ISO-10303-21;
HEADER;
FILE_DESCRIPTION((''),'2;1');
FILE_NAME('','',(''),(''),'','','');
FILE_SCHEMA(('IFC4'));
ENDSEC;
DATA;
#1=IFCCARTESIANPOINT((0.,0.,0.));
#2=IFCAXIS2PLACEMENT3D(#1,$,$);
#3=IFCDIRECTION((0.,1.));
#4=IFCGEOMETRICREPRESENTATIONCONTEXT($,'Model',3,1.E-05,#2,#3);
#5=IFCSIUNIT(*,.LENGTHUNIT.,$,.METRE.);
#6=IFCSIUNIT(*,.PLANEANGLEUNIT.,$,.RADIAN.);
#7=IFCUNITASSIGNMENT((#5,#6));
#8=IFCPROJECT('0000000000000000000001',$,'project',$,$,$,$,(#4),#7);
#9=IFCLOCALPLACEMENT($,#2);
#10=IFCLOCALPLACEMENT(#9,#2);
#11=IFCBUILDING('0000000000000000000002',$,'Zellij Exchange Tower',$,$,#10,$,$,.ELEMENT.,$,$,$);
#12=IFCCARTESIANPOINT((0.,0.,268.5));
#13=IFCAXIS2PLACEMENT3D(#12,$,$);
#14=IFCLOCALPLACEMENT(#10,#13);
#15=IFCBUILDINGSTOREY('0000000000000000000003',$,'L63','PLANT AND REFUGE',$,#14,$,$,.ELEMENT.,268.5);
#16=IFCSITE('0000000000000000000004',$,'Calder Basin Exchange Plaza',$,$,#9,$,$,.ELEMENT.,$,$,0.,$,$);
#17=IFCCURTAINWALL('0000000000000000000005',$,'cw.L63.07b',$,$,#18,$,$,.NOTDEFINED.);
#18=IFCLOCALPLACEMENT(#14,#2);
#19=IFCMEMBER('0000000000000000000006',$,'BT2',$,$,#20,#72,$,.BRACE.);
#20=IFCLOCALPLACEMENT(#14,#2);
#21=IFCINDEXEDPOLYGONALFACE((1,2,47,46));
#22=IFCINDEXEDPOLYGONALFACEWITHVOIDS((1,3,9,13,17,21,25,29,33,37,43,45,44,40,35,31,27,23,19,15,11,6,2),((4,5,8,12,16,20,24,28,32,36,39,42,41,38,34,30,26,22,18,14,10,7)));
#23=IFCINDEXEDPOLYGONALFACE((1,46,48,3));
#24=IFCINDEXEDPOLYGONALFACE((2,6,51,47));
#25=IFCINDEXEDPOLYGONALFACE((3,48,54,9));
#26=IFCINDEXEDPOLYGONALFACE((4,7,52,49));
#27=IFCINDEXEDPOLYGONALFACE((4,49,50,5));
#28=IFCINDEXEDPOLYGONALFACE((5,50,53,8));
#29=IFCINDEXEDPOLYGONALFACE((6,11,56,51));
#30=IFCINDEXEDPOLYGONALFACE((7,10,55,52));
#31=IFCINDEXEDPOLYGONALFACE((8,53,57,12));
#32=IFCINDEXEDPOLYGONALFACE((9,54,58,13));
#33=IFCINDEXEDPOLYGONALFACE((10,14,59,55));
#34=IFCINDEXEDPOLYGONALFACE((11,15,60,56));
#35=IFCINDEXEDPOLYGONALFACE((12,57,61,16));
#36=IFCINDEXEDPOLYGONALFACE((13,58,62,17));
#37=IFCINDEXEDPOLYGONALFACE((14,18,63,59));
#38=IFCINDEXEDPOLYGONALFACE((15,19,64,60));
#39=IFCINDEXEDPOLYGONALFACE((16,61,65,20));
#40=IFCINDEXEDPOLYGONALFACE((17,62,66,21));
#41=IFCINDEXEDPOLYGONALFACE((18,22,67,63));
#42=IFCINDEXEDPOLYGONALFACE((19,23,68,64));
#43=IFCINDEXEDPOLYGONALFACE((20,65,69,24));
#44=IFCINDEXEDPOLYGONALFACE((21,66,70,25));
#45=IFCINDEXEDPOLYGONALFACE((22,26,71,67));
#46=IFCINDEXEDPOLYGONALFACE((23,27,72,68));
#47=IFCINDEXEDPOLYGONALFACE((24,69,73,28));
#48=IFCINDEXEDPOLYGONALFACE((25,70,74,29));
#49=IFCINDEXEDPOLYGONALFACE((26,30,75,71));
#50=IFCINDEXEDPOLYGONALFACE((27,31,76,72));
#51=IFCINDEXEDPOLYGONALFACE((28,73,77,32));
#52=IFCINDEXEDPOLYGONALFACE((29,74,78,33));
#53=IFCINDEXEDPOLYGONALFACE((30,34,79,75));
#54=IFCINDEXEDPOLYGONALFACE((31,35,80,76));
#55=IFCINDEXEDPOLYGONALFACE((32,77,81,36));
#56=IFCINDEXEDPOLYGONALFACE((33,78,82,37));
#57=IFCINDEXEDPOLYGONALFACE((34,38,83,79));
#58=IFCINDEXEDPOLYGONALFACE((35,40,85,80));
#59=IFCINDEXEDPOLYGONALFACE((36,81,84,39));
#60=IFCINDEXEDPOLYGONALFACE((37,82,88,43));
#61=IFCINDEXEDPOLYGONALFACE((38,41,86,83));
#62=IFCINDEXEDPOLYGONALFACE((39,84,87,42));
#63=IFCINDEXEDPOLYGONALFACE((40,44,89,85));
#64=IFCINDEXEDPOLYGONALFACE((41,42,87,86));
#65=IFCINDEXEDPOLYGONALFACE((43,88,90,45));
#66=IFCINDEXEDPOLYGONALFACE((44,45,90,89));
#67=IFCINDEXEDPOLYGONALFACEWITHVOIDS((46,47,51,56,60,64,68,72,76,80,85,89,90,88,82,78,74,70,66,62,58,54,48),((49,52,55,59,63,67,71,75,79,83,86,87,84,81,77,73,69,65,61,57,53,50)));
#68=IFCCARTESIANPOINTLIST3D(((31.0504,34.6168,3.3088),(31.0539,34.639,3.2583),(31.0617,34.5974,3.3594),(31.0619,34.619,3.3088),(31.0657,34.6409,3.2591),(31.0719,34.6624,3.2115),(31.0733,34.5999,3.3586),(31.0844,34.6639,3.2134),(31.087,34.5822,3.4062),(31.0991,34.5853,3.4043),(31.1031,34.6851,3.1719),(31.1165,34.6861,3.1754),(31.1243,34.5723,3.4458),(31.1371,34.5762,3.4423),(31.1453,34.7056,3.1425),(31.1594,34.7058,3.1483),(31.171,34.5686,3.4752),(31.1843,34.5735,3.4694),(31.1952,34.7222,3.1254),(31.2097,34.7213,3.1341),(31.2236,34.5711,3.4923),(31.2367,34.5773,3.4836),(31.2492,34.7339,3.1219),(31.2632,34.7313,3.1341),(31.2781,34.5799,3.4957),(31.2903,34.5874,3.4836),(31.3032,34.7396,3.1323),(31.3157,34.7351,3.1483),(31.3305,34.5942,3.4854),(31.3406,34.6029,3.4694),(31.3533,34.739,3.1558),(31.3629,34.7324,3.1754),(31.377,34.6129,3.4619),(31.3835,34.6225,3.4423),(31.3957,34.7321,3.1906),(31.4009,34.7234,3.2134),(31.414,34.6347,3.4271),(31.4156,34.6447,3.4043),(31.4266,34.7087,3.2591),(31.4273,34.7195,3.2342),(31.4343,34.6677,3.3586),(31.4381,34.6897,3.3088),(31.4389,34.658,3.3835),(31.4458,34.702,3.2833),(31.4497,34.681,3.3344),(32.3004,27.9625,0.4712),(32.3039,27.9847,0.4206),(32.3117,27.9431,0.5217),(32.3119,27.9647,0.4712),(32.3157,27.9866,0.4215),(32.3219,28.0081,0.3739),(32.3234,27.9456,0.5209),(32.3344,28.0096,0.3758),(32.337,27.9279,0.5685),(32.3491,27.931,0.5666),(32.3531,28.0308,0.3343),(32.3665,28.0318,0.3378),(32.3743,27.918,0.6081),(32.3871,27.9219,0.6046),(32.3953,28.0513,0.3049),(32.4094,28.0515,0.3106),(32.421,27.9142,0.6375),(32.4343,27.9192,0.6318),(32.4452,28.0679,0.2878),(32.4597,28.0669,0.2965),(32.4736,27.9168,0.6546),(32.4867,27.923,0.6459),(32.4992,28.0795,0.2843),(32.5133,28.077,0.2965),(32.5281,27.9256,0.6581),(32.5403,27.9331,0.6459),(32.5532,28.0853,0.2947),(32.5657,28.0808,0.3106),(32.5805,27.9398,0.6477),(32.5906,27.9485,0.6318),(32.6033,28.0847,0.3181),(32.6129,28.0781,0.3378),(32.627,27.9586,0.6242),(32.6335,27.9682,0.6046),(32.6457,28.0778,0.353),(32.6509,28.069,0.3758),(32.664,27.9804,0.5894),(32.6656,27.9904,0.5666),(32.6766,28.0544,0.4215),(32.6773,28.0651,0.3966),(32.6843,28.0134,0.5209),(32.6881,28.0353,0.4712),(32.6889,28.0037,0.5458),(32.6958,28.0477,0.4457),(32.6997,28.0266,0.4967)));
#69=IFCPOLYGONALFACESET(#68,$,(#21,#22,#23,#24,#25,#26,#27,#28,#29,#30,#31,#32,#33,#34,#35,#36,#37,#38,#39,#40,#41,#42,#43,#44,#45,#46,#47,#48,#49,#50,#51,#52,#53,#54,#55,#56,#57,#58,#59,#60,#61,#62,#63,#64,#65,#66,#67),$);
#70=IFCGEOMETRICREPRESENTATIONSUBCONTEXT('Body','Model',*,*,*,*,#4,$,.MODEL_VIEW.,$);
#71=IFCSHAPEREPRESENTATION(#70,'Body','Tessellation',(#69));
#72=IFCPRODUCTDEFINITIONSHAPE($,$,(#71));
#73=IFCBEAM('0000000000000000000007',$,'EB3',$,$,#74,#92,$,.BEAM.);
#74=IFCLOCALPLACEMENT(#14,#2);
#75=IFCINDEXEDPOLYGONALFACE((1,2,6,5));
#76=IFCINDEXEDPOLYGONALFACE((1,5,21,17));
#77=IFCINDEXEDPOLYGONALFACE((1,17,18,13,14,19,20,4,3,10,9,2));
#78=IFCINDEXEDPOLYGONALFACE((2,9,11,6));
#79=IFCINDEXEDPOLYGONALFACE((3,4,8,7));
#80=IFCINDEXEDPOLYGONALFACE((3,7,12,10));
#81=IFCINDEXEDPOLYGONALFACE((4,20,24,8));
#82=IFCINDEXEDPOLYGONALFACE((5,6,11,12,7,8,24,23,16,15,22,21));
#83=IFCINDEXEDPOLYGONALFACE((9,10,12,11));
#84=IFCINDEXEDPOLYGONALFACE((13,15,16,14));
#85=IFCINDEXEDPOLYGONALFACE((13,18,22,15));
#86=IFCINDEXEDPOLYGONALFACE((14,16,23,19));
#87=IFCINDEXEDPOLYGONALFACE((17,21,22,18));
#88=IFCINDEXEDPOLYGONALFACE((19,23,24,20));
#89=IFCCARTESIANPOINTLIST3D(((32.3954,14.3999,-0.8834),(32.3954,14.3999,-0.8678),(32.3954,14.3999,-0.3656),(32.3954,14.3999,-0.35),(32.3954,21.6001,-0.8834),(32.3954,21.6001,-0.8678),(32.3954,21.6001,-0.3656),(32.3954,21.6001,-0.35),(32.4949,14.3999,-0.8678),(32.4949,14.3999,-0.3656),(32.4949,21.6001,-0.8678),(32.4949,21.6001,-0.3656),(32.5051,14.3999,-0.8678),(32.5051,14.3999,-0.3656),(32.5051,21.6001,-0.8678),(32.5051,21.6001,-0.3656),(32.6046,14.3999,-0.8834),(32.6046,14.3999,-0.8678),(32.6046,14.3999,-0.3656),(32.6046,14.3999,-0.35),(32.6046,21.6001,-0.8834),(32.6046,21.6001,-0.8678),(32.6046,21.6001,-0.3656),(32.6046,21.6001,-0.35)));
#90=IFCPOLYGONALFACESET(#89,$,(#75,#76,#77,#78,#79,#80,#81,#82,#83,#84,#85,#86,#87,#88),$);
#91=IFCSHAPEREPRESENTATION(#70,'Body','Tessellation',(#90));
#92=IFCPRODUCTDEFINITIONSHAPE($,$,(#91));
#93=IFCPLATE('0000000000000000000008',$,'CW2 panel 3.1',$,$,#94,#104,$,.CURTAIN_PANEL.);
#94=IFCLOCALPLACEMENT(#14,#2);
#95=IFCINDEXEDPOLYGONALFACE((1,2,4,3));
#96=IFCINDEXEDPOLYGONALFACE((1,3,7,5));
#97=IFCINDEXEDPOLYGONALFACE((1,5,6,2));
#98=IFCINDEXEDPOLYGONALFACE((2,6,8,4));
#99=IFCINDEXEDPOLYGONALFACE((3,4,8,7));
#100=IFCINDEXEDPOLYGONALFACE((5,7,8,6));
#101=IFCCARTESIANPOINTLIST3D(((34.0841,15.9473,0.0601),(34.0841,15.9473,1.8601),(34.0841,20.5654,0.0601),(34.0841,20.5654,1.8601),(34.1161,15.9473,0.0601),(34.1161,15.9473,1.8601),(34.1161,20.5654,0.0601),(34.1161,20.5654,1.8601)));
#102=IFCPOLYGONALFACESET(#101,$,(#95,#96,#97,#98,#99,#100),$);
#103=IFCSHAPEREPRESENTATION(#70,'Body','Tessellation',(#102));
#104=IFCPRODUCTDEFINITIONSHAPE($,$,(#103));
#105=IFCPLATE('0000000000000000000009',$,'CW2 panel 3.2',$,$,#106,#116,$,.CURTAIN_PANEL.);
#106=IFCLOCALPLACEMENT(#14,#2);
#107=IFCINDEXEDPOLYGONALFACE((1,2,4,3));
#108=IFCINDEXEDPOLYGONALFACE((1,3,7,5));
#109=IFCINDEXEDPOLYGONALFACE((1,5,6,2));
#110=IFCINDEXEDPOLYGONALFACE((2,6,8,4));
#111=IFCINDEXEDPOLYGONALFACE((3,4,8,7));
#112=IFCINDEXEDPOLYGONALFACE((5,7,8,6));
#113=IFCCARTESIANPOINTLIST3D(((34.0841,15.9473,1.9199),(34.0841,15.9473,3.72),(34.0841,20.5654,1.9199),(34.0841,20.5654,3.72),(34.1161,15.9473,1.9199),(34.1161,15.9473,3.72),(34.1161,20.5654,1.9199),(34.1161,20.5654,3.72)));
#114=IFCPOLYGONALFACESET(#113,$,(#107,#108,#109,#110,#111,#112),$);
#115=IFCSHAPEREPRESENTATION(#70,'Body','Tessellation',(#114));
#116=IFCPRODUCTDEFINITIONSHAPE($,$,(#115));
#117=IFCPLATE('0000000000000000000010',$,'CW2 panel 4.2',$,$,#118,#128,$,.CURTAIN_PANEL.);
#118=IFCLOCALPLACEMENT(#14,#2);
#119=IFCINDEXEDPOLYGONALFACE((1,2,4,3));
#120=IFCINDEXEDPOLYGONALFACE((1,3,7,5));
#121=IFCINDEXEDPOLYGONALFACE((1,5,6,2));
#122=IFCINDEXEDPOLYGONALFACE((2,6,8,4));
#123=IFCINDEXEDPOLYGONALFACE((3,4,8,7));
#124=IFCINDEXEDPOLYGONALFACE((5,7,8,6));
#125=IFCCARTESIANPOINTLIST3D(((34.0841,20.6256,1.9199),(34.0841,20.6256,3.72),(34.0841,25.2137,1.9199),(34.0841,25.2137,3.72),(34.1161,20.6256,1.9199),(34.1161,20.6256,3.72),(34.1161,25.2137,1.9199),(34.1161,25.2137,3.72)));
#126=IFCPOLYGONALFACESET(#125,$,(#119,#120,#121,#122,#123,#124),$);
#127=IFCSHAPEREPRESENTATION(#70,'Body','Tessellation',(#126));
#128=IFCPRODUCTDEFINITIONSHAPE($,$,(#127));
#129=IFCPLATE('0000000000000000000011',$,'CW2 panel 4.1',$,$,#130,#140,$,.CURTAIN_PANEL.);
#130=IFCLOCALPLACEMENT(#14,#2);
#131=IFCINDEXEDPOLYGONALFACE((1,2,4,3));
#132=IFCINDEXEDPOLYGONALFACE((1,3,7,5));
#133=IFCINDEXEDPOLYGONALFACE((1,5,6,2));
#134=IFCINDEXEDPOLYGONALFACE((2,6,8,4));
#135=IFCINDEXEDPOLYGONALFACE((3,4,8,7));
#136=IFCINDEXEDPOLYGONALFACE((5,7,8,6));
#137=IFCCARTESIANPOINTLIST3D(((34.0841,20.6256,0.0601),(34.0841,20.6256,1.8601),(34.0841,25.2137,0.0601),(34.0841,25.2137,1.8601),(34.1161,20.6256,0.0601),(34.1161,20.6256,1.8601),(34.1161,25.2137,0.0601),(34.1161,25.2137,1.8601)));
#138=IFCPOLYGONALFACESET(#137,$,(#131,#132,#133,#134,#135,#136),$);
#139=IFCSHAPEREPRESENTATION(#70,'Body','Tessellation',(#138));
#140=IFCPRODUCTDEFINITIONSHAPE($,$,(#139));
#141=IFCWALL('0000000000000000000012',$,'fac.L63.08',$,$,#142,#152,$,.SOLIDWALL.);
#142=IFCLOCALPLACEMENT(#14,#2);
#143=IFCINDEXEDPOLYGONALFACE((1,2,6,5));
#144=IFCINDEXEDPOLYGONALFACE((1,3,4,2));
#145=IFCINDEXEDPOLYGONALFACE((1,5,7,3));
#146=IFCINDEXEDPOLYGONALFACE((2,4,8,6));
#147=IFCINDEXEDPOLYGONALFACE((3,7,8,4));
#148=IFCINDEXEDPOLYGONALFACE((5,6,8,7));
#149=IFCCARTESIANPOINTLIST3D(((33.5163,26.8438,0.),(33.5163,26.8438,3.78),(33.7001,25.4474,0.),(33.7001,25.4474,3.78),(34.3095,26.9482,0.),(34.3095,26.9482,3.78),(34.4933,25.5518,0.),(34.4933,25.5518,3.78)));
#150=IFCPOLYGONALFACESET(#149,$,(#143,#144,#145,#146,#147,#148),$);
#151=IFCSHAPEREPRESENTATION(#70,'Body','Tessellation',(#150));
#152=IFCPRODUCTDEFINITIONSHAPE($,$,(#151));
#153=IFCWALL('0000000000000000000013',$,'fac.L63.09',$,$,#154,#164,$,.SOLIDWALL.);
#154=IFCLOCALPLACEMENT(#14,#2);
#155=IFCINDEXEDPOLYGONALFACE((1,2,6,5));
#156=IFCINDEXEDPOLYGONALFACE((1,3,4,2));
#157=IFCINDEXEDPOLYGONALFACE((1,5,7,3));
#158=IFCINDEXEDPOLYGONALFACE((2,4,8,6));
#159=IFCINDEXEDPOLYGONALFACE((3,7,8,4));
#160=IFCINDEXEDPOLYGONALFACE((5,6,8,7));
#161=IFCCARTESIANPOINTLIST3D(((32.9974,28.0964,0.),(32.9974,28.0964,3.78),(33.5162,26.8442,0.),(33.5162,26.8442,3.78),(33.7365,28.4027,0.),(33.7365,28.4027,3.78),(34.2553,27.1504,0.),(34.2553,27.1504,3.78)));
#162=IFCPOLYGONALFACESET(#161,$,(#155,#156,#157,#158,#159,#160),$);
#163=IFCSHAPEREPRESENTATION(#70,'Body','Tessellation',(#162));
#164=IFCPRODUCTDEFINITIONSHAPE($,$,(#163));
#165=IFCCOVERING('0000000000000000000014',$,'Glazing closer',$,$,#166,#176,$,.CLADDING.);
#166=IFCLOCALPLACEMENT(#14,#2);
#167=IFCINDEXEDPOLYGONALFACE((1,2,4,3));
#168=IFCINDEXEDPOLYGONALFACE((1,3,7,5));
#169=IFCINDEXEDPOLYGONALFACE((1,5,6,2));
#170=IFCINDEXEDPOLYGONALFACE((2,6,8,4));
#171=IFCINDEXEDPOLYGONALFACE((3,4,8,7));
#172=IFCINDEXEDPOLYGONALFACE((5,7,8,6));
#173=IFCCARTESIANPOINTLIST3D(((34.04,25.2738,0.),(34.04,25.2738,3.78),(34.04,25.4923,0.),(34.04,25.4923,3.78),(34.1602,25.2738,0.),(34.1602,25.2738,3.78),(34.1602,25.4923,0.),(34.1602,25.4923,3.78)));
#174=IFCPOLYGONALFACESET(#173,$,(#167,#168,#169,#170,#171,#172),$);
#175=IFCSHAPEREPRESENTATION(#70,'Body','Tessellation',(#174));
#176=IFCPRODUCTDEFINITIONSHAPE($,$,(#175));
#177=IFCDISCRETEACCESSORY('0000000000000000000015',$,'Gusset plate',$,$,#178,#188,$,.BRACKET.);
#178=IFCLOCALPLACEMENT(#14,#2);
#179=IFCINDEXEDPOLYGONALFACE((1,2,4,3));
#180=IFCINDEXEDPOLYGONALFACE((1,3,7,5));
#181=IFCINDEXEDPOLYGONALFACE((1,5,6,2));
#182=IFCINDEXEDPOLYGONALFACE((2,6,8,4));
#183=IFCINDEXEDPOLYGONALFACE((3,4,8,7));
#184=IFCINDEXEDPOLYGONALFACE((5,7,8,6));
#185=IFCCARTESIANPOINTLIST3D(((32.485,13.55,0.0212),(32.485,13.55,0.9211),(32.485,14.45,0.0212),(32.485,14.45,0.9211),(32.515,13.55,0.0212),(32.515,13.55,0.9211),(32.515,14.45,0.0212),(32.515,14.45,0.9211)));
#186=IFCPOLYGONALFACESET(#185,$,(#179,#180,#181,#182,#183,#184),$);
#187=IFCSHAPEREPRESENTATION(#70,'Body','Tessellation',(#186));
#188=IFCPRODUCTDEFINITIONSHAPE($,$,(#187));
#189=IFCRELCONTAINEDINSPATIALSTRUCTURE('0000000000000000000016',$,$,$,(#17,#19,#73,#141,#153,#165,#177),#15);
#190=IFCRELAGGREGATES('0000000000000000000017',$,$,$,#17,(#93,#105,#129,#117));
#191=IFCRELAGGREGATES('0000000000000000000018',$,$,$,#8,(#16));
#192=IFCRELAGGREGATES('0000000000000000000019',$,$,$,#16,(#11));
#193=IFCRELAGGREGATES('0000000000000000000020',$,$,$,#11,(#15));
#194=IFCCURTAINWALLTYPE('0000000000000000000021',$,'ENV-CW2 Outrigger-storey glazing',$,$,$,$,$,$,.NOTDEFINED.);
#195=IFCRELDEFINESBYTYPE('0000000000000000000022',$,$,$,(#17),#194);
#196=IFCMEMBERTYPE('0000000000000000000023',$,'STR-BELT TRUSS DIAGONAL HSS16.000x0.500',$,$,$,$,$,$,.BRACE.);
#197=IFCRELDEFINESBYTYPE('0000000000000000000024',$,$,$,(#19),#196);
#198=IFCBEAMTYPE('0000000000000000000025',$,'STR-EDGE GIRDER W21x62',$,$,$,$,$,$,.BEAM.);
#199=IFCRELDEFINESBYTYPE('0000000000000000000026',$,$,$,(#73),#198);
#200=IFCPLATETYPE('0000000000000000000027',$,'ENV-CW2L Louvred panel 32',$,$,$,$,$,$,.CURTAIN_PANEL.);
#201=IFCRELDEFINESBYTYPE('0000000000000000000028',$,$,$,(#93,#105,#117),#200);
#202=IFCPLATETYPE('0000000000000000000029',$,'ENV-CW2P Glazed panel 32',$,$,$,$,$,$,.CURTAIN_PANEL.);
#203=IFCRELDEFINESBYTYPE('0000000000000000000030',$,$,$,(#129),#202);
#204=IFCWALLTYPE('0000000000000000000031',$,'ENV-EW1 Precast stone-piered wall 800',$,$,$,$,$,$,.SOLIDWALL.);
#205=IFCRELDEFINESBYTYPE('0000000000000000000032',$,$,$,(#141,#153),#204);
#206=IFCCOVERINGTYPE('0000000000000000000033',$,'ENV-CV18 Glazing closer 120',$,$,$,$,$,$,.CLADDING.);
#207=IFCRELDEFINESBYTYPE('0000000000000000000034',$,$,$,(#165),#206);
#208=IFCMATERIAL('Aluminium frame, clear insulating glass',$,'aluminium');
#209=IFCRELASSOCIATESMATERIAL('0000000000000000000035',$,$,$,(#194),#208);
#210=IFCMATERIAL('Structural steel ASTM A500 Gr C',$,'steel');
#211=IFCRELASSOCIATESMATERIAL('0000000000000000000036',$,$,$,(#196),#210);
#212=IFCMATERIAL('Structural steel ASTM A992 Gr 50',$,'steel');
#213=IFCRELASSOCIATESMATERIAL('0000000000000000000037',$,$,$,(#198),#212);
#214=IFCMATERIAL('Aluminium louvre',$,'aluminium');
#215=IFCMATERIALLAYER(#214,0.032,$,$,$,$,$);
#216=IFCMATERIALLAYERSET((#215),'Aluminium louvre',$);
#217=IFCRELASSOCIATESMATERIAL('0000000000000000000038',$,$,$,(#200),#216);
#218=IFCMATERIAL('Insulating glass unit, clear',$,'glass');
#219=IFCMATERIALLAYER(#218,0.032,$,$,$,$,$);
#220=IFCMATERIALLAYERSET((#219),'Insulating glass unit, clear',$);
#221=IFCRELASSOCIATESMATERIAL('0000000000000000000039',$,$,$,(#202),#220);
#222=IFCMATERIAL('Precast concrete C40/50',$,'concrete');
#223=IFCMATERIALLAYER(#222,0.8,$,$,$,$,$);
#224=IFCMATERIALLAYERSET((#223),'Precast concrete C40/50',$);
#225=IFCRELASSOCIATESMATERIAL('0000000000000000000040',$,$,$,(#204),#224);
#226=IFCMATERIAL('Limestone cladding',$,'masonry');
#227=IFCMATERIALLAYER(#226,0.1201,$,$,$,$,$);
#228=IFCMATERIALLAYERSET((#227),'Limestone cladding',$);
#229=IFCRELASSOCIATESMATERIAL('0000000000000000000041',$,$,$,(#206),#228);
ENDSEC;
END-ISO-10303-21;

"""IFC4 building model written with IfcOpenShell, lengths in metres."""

from ifc_helpers import new_model, si_unit, direction, frame, frame_2d, origin, origin_2d, place, context, subcontext, project, spatial, rectangle, hollow_circle, i_section, extrude, material, layer, layer_set, material_profile, profile_set, type_object, element, aggregate, save


model = new_model("IFC4")

# Units and contexts
model_context = context("Model", 3, precision=1e-05, world=origin(), true_north=direction((0.0, 1.0)))
body_context = subcontext(model_context, "Body", "Model", "MODEL_VIEW")
ifc_project = project(units=[si_unit("LENGTHUNIT", "METRE"), si_unit("PLANEANGLEUNIT", "RADIAN")], contexts=[model_context])

# Site, building, storey
site_placement = place(None, origin())
site = spatial("IfcSite", under=ifc_project, at=site_placement, Name="Calder Basin Exchange Plaza", CompositionType="ELEMENT", RefElevation=0.0)
building_placement = place(site_placement, origin())
building = spatial("IfcBuilding", under=site, at=building_placement, Name="Zellij Exchange Tower", CompositionType="ELEMENT")
storey_placement = place(building_placement, frame((0.0, 0.0, 268.5)))
storey = spatial("IfcBuildingStorey", under=building, at=storey_placement, Name="L63", Description="PLANT AND REFUGE", CompositionType="ELEMENT", Elevation=268.5)

# Curtain wall
ifc_material_1 = material(Name="Aluminium frame, clear insulating glass", Category="aluminium")
curtain_wall_type = type_object("IfcCurtainWallType", Name="ENV-CW2 Outrigger-storey glazing", PredefinedType="NOTDEFINED", material=ifc_material_1)
curtain_wall_placement = place(storey_placement, origin())
curtain_wall = element("IfcCurtainWall", 1, at=curtain_wall_placement, inside=storey, type_object=curtain_wall_type, Name="cw.L63.07b", PredefinedType="NOTDEFINED")

# Member
ifc_material_2 = material(Name="Structural steel ASTM A992 Gr 50", Category="steel")
ifc_material_3 = material(Name="Structural steel ASTM A500 Gr C", Category="steel")
ifc_material_profile_1 = material_profile(ifc_material_3, hollow_circle(Radius=0.2031, WallThickness=0.0117, at=origin_2d()), Name="STR-BELT TRUSS DIAGONAL HSS16.000x0.500")
ifc_profile_set_1 = profile_set([ifc_material_profile_1], Name="Structural steel ASTM A500 Gr C")
member_type_1 = type_object("IfcMemberType", Name="STR-BELT TRUSS DIAGONAL HSS16.000x0.500", PredefinedType="BRACE", material=ifc_profile_set_1)
member_1_placement = place(storey_placement, frame((32.5, 28.0, 0.4712), z_axis=(-0.17027, 0.906422, 0.386533), x_axis=(-0.98281, -0.184619, 0.0)))
element("IfcMember", 2, at=member_1_placement, inside=storey, type_object=member_type_1, Name="BT2", PredefinedType="BRACE", context=body_context, shape_type="SweptSolid", body=[
    extrude(hollow_circle(Radius=0.2031, WallThickness=0.0117, at=origin_2d()), origin(), (0.0, 0.0, 1.0), 7.3413),
])

# Beam
ifc_material_profile_2 = material_profile(ifc_material_2, i_section(OverallWidth=0.2092, OverallDepth=0.5334, WebThickness=0.0103, FlangeThickness=0.0156, at=origin_2d()), Name="W21x62")
ifc_profile_set_2 = profile_set([ifc_material_profile_2], Name="Structural steel ASTM A992 Gr 50")
beam_type = type_object("IfcBeamType", Name="STR-EDGE GIRDER W21x62", PredefinedType="BEAM", material=ifc_profile_set_2)
beam_placement = place(storey_placement, frame((32.5, 14.3999, -0.6167), z_axis=(0.0, 1.0, 0.0), x_axis=(-1.0, 0.0, 0.0)))
element("IfcBeam", 3, at=beam_placement, inside=storey, type_object=beam_type, Name="EB3", PredefinedType="BEAM", context=body_context, shape_type="SweptSolid", body=[
    extrude(i_section(OverallWidth=0.2092, OverallDepth=0.5334, WebThickness=0.0103, FlangeThickness=0.0156, at=origin_2d()), origin(), (0.0, 0.0, 1.0), 7.2002),
])

# Plates
ifc_material_4 = material(Name="Aluminium louvre", Category="aluminium")
ifc_layer_1 = layer(ifc_material_4, 0.032)
ifc_layer_set_1 = layer_set([ifc_layer_1], Name="Aluminium louvre")
plate_type_1 = type_object("IfcPlateType", Name="ENV-CW2L Louvred panel 32", PredefinedType="CURTAIN_PANEL", material=ifc_layer_set_1)
plate_1_placement = place(storey_placement, frame((34.1001, 18.2563, 0.0601), z_axis=(0.0, 0.0, 1.0), x_axis=(0.0, 1.0, 0.0)))
plate_1 = element("IfcPlate", 4, at=plate_1_placement, type_object=plate_type_1, Name="CW2 panel 3.1", PredefinedType="CURTAIN_PANEL", context=body_context, shape_type="SweptSolid", body=[
    extrude(rectangle(XDim=4.6182, YDim=0.032, at=origin_2d()), origin(), (0.0, 0.0, 1.0), 1.8),
])
plate_2_placement = place(storey_placement, frame((34.1001, 18.2563, 1.9199), z_axis=(0.0, 0.0, 1.0), x_axis=(0.0, 1.0, 0.0)))
plate_2 = element("IfcPlate", 5, at=plate_2_placement, type_object=plate_type_1, Name="CW2 panel 3.2", PredefinedType="CURTAIN_PANEL", context=body_context, shape_type="SweptSolid", body=[
    extrude(rectangle(XDim=4.6182, YDim=0.032, at=origin_2d()), origin(), (0.0, 0.0, 1.0), 1.8),
])
plate_3_placement = place(storey_placement, frame((34.1001, 22.9197, 1.9199), z_axis=(0.0, 0.0, 1.0), x_axis=(0.0, 1.0, 0.0)))
plate_3 = element("IfcPlate", 6, at=plate_3_placement, type_object=plate_type_1, Name="CW2 panel 4.2", PredefinedType="CURTAIN_PANEL", context=body_context, shape_type="SweptSolid", body=[
    extrude(rectangle(XDim=4.5881, YDim=0.032, at=origin_2d()), origin(), (0.0, 0.0, 1.0), 1.8),
])
ifc_material_5 = material(Name="Insulating glass unit, clear", Category="glass")
ifc_layer_2 = layer(ifc_material_5, 0.032)
ifc_layer_set_2 = layer_set([ifc_layer_2], Name="Insulating glass unit, clear")
plate_type_2 = type_object("IfcPlateType", Name="ENV-CW2P Glazed panel 32", PredefinedType="CURTAIN_PANEL", material=ifc_layer_set_2)
plate_4_placement = place(storey_placement, frame((34.1001, 22.9197, 0.0601), z_axis=(0.0, 0.0, 1.0), x_axis=(0.0, 1.0, 0.0)))
plate_4 = element("IfcPlate", 7, at=plate_4_placement, type_object=plate_type_2, Name="CW2 panel 4.1", PredefinedType="CURTAIN_PANEL", context=body_context, shape_type="SweptSolid", body=[
    extrude(rectangle(XDim=4.5881, YDim=0.032, at=origin_2d()), origin(), (0.0, 0.0, 1.0), 1.8),
])
aggregate(curtain_wall, [plate_1, plate_2, plate_4, plate_3])

# Walls
ifc_material_6 = material(Name="Precast concrete C40/50", Category="concrete")
ifc_layer_3 = layer(ifc_material_6, 0.8)
ifc_layer_set_3 = layer_set([ifc_layer_3], Name="Precast concrete C40/50")
wall_type = type_object("IfcWallType", Name="ENV-EW1 Precast stone-piered wall 800", PredefinedType="SOLIDWALL", material=ifc_layer_set_3)
wall_1_placement = place(storey_placement, frame((34.0967, 25.4998, 0.0), z_axis=(0.0, 0.0, 1.0), x_axis=(-0.130517, 0.991446, 0.0)))
element("IfcWall", 8, at=wall_1_placement, inside=storey, type_object=wall_type, Name="fac.L63.08", PredefinedType="SOLIDWALL", context=body_context, shape_type="SweptSolid", body=[
    extrude(rectangle(XDim=1.4084, YDim=0.8, at=frame_2d((0.7041, 0.0))), origin(), (0.0, 0.0, 1.0), 3.78),
])
wall_2_placement = place(storey_placement, frame((33.8857, 26.9973, 0.0), z_axis=(0.0, 0.0, 1.0), x_axis=(-0.38276, 0.923848, 0.0)))
element("IfcWall", 9, at=wall_2_placement, inside=storey, type_object=wall_type, Name="fac.L63.09", PredefinedType="SOLIDWALL", context=body_context, shape_type="SweptSolid", body=[
    extrude(rectangle(XDim=1.3555, YDim=0.8, at=frame_2d((0.6777, 0.0))), origin(), (0.0, 0.0, 1.0), 3.78),
])

# Covering
ifc_material_7 = material(Name="Limestone cladding", Category="masonry")
ifc_layer_4 = layer(ifc_material_7, 0.1201)
ifc_layer_set_4 = layer_set([ifc_layer_4], Name="Limestone cladding")
covering_type = type_object("IfcCoveringType", Name="ENV-CV18 Glazing closer 120", PredefinedType="CLADDING", material=ifc_layer_set_4)
covering_placement = place(storey_placement, frame((34.1001, 25.3831, 0.0), z_axis=(0.0, 0.0, 1.0), x_axis=(0.0, 1.0, 0.0)))
element("IfcCovering", 10, at=covering_placement, inside=storey, type_object=covering_type, Name="Glazing closer", PredefinedType="CLADDING", context=body_context, shape_type="SweptSolid", body=[
    extrude(rectangle(XDim=0.2185, YDim=0.1201, at=origin_2d()), origin(), (0.0, 0.0, 1.0), 3.78),
])

# Discrete accessory
for number, where, z_axis, x_axis, name in (
    (11, (32.5, 14.0, 0.0212), (0.0, 0.0, 1.0), (0.0, 1.0, 0.0), "Gusset plate"),
):
    element("IfcDiscreteAccessory", number, at=place(storey_placement, frame(where, z_axis=z_axis, x_axis=x_axis)), inside=storey, Name=name, PredefinedType="BRACKET", context=body_context, shape_type="SweptSolid", body=[
        extrude(rectangle(XDim=0.8999, YDim=0.03, at=origin_2d()), origin(), (0.0, 0.0, 1.0), 0.8999),
    ])

save(model, "model.ifc")
